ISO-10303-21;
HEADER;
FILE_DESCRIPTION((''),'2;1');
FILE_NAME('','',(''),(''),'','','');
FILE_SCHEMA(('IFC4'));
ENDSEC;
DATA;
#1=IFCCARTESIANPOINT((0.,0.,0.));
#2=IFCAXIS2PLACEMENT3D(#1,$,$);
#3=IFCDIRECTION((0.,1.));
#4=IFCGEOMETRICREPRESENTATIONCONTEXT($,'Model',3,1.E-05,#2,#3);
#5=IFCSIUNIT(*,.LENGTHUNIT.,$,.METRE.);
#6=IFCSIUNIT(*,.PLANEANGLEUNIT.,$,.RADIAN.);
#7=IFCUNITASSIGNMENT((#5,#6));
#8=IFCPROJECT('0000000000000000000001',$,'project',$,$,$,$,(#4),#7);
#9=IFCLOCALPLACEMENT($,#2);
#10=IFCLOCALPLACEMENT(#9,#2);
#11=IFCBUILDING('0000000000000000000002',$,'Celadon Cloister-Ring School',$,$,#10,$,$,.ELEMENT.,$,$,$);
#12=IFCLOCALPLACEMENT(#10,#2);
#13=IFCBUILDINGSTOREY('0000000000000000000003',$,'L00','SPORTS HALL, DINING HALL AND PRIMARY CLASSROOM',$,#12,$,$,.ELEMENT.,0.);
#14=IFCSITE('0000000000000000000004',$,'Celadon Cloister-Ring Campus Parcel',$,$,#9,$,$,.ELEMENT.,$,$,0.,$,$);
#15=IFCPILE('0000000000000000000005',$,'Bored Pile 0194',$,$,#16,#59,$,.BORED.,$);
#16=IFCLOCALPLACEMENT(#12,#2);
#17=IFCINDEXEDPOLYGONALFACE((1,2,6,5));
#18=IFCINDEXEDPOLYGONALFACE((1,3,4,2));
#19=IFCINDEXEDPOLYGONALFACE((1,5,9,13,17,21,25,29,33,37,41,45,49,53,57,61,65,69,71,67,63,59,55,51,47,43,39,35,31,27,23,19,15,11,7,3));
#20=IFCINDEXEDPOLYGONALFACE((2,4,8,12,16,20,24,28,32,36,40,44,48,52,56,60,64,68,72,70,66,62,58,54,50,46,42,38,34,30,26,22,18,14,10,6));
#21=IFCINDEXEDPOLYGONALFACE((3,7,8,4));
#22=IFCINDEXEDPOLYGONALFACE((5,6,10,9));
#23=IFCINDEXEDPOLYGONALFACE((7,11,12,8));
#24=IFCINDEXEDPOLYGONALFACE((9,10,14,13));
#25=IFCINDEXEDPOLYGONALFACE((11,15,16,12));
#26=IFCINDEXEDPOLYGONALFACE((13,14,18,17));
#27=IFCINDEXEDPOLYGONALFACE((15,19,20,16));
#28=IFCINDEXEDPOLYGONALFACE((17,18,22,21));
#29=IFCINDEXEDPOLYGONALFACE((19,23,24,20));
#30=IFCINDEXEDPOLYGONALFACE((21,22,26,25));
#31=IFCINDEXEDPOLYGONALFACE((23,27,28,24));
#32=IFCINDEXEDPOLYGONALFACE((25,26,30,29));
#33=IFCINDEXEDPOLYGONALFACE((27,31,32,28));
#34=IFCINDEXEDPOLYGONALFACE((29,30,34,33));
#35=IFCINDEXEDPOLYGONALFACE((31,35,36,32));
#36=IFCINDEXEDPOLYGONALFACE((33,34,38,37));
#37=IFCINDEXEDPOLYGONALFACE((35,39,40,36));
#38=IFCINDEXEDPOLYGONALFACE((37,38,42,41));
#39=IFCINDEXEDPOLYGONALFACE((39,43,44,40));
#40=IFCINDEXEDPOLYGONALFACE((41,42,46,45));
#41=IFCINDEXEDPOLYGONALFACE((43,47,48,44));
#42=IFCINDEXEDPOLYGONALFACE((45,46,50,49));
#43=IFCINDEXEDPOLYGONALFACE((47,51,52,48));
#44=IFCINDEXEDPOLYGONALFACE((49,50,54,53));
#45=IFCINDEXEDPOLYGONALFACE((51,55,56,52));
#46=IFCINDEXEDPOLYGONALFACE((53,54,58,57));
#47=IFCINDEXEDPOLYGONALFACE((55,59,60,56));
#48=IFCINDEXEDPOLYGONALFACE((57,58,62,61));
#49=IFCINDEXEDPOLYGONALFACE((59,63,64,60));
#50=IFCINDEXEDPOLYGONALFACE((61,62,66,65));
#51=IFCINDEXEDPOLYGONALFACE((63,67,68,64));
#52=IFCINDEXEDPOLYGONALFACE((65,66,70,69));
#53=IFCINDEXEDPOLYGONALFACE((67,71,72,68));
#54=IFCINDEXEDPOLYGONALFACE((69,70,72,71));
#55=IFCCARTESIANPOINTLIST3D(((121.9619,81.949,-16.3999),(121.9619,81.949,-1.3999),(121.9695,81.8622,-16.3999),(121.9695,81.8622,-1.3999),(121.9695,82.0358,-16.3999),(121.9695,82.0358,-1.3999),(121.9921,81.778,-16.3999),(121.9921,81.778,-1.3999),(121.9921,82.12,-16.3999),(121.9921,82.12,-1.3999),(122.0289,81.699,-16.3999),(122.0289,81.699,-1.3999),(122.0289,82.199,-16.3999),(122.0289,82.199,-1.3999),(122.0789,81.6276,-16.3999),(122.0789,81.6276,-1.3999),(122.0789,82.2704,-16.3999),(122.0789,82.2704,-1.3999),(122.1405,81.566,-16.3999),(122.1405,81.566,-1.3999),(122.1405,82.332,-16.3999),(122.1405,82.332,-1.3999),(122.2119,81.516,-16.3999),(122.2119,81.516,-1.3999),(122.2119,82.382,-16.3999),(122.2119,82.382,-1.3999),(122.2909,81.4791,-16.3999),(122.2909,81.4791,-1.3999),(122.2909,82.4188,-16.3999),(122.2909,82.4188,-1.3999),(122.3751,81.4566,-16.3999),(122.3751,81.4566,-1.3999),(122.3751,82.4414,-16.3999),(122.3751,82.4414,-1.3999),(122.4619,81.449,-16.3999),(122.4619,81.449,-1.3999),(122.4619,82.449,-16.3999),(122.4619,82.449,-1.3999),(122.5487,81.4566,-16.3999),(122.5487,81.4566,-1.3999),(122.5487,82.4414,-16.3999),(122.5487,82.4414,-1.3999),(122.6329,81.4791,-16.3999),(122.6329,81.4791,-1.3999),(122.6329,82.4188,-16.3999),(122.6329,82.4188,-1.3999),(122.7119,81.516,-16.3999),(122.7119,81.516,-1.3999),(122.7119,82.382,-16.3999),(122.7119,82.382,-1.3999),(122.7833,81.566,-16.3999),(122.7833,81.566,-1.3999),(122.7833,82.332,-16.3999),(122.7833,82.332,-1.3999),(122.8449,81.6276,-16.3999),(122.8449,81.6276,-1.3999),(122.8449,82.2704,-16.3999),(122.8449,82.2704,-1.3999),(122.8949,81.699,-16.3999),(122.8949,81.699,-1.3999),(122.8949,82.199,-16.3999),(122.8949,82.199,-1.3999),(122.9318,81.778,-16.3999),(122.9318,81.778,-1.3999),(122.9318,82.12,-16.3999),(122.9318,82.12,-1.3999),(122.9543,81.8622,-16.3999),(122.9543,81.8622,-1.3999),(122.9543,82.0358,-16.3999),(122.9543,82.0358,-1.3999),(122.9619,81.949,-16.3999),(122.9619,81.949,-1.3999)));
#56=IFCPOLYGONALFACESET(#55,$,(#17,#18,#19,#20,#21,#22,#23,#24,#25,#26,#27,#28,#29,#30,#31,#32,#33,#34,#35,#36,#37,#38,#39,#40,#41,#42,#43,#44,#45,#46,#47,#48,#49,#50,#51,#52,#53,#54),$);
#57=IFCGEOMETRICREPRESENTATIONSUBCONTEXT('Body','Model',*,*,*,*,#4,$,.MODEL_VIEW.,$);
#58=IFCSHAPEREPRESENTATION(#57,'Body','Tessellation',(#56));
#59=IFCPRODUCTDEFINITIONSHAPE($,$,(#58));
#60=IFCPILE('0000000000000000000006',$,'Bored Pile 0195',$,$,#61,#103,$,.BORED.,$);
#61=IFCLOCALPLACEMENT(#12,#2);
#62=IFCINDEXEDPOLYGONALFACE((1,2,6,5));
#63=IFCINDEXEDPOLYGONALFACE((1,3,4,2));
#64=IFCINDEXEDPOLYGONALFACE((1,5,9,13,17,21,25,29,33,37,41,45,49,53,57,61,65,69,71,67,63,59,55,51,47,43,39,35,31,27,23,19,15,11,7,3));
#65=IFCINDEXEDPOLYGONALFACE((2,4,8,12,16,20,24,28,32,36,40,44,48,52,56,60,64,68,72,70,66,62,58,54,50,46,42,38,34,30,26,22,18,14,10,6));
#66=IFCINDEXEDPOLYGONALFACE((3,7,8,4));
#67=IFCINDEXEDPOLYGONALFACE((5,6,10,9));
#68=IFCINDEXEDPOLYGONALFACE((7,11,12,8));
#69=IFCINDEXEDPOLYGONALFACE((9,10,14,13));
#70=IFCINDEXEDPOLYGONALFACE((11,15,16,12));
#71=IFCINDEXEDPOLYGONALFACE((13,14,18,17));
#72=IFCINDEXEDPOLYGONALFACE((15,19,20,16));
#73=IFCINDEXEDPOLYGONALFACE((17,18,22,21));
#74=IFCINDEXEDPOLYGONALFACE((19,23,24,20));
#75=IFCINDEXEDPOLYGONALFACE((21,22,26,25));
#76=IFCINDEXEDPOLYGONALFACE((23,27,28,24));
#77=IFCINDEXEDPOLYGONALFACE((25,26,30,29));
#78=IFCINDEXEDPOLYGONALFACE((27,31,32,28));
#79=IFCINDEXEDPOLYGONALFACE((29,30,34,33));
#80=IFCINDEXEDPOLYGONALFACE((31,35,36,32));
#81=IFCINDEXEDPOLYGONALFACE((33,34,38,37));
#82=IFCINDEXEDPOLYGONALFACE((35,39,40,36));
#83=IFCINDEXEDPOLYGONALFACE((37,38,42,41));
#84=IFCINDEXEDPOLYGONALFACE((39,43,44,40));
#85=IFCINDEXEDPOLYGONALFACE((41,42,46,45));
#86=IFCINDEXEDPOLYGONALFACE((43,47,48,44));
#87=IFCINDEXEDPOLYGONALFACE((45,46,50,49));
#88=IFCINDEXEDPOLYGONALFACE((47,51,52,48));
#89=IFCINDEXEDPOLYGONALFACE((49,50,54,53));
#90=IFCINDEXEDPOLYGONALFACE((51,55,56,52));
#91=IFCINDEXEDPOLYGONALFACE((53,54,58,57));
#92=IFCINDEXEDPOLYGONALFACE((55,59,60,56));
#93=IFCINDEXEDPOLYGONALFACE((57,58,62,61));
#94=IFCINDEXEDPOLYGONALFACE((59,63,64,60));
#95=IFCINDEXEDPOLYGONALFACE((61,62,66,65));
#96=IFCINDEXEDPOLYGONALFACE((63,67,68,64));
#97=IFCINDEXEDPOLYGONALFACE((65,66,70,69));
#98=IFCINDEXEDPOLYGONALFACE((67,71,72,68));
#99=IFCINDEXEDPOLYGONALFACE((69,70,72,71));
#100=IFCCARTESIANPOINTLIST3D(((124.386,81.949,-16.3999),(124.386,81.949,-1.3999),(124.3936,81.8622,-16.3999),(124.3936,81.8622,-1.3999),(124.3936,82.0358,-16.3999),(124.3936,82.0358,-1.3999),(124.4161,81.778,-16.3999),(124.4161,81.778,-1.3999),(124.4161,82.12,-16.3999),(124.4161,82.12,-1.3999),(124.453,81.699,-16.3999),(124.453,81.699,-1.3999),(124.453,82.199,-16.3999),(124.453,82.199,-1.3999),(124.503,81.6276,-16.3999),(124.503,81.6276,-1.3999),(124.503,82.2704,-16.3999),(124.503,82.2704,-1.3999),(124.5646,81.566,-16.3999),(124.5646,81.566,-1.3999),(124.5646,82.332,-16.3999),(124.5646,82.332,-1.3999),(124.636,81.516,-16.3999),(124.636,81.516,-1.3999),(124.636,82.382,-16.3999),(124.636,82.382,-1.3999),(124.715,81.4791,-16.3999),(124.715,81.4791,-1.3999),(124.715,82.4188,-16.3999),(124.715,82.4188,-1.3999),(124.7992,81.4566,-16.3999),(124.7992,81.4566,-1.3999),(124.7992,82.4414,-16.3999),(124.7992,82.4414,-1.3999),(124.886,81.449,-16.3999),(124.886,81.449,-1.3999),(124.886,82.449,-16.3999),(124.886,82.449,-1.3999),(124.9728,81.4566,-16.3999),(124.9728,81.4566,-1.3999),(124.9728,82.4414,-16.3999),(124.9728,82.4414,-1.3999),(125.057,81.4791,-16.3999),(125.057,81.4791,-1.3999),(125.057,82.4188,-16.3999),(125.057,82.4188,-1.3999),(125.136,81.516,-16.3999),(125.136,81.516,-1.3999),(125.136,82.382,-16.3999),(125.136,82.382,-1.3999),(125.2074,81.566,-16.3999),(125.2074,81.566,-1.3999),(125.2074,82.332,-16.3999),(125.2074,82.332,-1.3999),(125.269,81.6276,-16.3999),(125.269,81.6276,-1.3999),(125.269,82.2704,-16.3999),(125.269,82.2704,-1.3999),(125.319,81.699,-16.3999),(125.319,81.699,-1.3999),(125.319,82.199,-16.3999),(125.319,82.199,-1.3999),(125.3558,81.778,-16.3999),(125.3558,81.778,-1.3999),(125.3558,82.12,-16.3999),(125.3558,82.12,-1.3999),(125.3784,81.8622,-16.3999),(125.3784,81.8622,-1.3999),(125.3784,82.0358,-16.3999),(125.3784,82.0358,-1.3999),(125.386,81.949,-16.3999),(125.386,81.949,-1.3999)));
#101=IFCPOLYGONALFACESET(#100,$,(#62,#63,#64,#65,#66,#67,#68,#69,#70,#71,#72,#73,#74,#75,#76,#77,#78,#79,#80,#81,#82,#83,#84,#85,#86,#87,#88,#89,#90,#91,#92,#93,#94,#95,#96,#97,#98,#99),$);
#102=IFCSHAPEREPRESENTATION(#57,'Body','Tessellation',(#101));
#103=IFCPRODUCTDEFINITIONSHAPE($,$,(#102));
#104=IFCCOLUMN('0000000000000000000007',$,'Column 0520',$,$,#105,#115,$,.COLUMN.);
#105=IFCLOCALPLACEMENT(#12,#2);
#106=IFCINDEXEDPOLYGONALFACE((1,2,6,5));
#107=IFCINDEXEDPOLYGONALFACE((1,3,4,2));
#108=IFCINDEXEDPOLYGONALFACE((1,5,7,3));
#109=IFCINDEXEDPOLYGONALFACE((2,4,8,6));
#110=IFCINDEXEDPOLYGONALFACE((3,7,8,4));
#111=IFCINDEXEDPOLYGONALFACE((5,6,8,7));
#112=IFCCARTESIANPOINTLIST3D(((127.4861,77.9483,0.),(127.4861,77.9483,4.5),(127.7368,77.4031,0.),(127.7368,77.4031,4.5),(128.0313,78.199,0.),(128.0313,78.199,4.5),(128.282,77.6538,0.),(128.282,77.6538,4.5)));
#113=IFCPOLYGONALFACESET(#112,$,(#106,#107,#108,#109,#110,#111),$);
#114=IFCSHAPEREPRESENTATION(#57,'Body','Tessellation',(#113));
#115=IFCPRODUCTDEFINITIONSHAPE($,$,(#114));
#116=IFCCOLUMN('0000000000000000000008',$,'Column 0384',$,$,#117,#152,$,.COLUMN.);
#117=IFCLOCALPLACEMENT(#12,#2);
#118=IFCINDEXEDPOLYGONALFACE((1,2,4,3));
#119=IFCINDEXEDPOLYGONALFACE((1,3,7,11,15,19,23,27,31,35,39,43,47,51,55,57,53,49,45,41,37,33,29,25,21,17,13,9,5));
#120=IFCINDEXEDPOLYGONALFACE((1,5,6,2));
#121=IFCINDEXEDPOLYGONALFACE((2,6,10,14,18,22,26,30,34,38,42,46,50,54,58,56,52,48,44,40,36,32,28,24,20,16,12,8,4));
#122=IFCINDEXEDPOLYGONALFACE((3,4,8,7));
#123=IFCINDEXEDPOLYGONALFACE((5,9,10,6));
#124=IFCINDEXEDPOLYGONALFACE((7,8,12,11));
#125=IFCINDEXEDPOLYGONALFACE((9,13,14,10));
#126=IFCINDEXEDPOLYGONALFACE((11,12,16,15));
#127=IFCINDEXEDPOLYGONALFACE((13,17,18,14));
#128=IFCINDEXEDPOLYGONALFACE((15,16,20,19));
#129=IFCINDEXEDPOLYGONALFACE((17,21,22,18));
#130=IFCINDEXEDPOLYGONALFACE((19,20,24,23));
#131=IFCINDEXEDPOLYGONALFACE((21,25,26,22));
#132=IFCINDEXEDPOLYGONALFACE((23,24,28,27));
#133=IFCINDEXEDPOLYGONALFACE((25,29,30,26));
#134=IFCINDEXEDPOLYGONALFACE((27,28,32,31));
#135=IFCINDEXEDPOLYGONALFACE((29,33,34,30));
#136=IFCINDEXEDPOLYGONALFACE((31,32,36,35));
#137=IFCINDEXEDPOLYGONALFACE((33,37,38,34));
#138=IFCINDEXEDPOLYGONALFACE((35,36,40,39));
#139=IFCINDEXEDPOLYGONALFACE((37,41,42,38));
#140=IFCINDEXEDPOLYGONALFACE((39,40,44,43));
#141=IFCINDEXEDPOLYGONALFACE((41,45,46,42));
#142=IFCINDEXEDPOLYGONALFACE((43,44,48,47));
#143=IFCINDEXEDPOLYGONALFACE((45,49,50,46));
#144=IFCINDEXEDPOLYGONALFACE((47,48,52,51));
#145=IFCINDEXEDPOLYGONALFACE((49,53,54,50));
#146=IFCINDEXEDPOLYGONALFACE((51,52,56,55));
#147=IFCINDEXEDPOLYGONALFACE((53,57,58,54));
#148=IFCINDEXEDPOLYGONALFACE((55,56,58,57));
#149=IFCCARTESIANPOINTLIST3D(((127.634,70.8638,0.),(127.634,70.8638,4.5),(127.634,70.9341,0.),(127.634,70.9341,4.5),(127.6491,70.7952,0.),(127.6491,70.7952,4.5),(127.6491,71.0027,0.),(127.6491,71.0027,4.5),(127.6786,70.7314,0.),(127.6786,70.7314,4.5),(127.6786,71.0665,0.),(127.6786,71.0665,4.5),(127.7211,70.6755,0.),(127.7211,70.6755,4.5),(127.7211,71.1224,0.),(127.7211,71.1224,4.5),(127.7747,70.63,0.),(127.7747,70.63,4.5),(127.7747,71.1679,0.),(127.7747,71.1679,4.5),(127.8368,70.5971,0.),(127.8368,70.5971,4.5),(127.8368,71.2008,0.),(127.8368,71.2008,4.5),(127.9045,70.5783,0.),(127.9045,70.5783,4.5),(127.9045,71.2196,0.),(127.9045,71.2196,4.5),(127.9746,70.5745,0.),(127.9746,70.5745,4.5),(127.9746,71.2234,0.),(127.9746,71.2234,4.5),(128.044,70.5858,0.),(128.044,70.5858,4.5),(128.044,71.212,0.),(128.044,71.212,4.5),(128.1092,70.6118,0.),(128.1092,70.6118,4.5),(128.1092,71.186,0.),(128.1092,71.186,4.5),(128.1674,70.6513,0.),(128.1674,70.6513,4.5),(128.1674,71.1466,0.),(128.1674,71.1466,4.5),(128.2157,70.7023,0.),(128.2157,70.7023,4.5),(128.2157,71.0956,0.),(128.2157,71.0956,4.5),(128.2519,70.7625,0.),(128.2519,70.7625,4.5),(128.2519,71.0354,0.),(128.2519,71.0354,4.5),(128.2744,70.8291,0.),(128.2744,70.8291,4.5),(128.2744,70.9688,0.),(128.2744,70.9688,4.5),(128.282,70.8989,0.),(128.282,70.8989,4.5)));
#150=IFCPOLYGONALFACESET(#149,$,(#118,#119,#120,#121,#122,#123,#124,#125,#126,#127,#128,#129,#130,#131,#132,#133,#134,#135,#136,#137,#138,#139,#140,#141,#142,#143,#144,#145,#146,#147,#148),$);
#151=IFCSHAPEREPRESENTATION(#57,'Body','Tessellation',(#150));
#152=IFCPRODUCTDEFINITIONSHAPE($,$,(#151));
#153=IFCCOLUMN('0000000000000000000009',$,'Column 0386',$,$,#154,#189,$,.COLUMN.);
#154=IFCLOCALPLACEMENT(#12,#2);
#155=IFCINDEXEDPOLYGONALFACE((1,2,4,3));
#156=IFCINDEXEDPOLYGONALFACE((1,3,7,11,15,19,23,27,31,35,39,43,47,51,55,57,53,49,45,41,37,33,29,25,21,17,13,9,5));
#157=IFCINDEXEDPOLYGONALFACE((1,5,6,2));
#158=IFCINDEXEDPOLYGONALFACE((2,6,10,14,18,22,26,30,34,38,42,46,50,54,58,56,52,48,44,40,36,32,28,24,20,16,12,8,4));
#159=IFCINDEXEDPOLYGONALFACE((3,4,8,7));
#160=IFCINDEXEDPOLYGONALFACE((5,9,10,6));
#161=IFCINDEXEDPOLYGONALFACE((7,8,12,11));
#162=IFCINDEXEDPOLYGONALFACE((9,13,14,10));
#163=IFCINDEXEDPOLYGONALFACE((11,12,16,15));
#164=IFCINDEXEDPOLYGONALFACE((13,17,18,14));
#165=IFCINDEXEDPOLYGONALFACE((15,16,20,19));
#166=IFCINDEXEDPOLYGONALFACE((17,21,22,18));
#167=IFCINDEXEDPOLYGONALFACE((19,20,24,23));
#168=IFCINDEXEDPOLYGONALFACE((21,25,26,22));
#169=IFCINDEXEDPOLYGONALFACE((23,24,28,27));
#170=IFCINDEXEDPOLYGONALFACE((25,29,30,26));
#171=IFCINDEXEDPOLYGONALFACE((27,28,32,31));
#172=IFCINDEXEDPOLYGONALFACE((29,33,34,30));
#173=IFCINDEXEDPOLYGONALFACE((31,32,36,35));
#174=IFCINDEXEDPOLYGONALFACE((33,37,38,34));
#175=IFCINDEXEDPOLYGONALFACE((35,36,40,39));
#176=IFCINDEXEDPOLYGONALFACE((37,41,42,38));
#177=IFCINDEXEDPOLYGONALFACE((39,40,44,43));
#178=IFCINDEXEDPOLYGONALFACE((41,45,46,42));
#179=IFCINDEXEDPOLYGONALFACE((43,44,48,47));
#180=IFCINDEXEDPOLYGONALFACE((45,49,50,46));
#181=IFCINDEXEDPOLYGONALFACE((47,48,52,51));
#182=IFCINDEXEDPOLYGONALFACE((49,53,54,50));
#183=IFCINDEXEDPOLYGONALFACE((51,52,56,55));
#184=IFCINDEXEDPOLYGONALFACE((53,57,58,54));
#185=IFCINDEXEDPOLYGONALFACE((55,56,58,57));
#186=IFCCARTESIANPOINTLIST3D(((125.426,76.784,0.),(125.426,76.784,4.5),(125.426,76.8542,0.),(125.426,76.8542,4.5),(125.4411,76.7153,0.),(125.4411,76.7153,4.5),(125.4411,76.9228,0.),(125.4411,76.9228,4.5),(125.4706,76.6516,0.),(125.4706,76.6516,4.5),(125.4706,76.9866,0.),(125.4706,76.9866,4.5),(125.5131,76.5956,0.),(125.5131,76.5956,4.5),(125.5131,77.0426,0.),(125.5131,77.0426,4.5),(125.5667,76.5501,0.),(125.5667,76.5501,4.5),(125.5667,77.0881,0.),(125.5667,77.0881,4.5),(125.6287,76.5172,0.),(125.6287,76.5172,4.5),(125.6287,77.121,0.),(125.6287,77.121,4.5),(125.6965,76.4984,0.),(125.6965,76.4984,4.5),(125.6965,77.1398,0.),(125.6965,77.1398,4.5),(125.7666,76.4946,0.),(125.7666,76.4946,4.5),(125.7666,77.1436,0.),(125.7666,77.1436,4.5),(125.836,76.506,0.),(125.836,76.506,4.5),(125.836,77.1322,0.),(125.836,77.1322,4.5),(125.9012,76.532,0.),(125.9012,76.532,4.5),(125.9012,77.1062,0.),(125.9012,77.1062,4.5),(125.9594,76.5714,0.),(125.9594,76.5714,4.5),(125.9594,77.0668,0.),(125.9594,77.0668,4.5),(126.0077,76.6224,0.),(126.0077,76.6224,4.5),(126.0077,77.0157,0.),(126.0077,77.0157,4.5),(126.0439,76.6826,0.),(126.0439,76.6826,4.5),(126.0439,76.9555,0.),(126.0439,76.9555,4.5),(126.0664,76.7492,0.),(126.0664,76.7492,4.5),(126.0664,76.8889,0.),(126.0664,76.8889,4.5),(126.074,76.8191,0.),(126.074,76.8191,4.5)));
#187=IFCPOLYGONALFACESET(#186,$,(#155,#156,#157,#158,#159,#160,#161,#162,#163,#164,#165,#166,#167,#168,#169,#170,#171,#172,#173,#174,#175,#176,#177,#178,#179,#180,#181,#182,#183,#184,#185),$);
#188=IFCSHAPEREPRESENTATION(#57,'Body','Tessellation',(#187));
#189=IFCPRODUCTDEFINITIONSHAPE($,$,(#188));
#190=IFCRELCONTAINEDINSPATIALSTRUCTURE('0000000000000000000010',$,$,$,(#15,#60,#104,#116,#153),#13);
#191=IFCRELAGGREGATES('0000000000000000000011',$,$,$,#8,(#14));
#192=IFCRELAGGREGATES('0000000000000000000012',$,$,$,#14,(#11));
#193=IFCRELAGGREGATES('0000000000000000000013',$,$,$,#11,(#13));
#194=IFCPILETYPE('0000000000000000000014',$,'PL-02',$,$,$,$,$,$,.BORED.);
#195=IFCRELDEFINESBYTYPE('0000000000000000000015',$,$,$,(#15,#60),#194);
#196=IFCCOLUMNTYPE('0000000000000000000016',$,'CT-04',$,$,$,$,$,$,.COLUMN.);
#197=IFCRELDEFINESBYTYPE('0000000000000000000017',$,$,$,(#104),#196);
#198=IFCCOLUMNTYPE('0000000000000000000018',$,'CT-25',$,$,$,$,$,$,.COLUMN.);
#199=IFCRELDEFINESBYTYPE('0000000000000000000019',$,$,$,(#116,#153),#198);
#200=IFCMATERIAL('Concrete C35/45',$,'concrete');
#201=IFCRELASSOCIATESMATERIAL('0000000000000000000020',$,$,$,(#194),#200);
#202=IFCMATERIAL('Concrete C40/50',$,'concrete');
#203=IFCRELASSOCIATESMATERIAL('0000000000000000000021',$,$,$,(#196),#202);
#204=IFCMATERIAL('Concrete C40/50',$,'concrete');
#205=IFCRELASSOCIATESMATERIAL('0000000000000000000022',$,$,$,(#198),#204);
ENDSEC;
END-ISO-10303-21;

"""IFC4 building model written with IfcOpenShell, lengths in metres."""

from ifc_helpers import new_model, si_unit, direction, frame, origin, origin_2d, place, context, subcontext, project, spatial, rectangle, circle, extrude, material, material_profile, profile_set, type_object, element, save


model = new_model("IFC4")

# Units and contexts
model_context = context("Model", 3, precision=1e-05, world=origin(), true_north=direction((0.0, 1.0)))
body_context = subcontext(model_context, "Body", "Model", "MODEL_VIEW")
ifc_project = project(units=[si_unit("LENGTHUNIT", "METRE"), si_unit("PLANEANGLEUNIT", "RADIAN")], contexts=[model_context])

# Site, building, storey
site_placement = place(None, origin())
site = spatial("IfcSite", under=ifc_project, at=site_placement, Name="Celadon Cloister-Ring Campus Parcel", CompositionType="ELEMENT", RefElevation=0.0)
building_placement = place(site_placement, origin())
building = spatial("IfcBuilding", under=site, at=building_placement, Name="Celadon Cloister-Ring School", CompositionType="ELEMENT")
storey_placement = place(building_placement, origin())
storey = spatial("IfcBuildingStorey", under=building, at=storey_placement, Name="L00", Description="SPORTS HALL, DINING HALL AND PRIMARY CLASSROOM", CompositionType="ELEMENT", Elevation=0.0)

# Piles
ifc_material_1 = material(Name="Concrete C35/45", Category="concrete")
ifc_material_profile_1 = material_profile(ifc_material_1, circle(Radius=0.5, at=origin_2d()), Name="PILE1000")
ifc_profile_set_1 = profile_set([ifc_material_profile_1], Name="Concrete C35/45")
pile_type = type_object("IfcPileType", Name="PL-02", PredefinedType="BORED", material=ifc_profile_set_1)
for number, where, z_axis, x_axis, name in (
    (1, (122.4619, 81.949, -1.3999), (0.0, 0.0, -1.0), (1.0, 0.0, 0.0), "Bored Pile 0194"),
    (2, (124.886, 81.949, -1.3999), (0.0, 0.0, -1.0), (1.0, 0.0, 0.0), "Bored Pile 0195"),
):
    element("IfcPile", number, at=place(storey_placement, frame(where, z_axis=z_axis, x_axis=x_axis)), inside=storey, type_object=pile_type, Name=name, PredefinedType="BORED", context=body_context, shape_type="SweptSolid", body=[
        extrude(circle(Radius=0.5, at=origin_2d()), origin(), (0.0, 0.0, 1.0), 15.0),
    ])

# Columns
ifc_material_2 = material(Name="Concrete C40/50", Category="concrete")
ifc_material_profile_2 = material_profile(ifc_material_2, rectangle(XDim=0.6001, YDim=0.6001, at=origin_2d()), Name="RC600X600")
ifc_profile_set_2 = profile_set([ifc_material_profile_2], Name="Concrete C40/50")
column_type_1 = type_object("IfcColumnType", Name="CT-04", PredefinedType="COLUMN", material=ifc_profile_set_2)
column_placement = place(storey_placement, frame((127.884, 77.801, 0.0), z_axis=(0.0, 0.0, 1.0), x_axis=(0.908537, 0.417804, 0.0)))
element("IfcColumn", 3, at=column_placement, inside=storey, type_object=column_type_1, Name="Column 0520", PredefinedType="COLUMN", context=body_context, shape_type="SweptSolid", body=[
    extrude(rectangle(XDim=0.6001, YDim=0.6001, at=origin_2d()), origin(), (0.0, 0.0, 1.0), 4.5),
])
ifc_material_3 = material(Name="Concrete C40/50", Category="concrete")
ifc_material_profile_3 = material_profile(ifc_material_3, circle(Radius=0.325, at=origin_2d()), Name="CIRC650")
ifc_profile_set_3 = profile_set([ifc_material_profile_3], Name="Concrete C40/50")
column_type_2 = type_object("IfcColumnType", Name="CT-25", PredefinedType="COLUMN", material=ifc_profile_set_3)
for number, where, z_axis, x_axis, name in (
    (4, (127.957, 70.8989, 0.0), (0.0, 0.0, 1.0), (1.0, 0.0, 0.0), "Column 0384"),
    (5, (125.749, 76.8191, 0.0), (0.0, 0.0, 1.0), (1.0, 0.0, 0.0), "Column 0386"),
):
    element("IfcColumn", number, at=place(storey_placement, frame(where, z_axis=z_axis, x_axis=x_axis)), inside=storey, type_object=column_type_2, Name=name, PredefinedType="COLUMN", context=body_context, shape_type="SweptSolid", body=[
        extrude(circle(Radius=0.325, at=origin_2d()), origin(), (0.0, 0.0, 1.0), 4.5),
    ])

save(model, "model.ifc")
